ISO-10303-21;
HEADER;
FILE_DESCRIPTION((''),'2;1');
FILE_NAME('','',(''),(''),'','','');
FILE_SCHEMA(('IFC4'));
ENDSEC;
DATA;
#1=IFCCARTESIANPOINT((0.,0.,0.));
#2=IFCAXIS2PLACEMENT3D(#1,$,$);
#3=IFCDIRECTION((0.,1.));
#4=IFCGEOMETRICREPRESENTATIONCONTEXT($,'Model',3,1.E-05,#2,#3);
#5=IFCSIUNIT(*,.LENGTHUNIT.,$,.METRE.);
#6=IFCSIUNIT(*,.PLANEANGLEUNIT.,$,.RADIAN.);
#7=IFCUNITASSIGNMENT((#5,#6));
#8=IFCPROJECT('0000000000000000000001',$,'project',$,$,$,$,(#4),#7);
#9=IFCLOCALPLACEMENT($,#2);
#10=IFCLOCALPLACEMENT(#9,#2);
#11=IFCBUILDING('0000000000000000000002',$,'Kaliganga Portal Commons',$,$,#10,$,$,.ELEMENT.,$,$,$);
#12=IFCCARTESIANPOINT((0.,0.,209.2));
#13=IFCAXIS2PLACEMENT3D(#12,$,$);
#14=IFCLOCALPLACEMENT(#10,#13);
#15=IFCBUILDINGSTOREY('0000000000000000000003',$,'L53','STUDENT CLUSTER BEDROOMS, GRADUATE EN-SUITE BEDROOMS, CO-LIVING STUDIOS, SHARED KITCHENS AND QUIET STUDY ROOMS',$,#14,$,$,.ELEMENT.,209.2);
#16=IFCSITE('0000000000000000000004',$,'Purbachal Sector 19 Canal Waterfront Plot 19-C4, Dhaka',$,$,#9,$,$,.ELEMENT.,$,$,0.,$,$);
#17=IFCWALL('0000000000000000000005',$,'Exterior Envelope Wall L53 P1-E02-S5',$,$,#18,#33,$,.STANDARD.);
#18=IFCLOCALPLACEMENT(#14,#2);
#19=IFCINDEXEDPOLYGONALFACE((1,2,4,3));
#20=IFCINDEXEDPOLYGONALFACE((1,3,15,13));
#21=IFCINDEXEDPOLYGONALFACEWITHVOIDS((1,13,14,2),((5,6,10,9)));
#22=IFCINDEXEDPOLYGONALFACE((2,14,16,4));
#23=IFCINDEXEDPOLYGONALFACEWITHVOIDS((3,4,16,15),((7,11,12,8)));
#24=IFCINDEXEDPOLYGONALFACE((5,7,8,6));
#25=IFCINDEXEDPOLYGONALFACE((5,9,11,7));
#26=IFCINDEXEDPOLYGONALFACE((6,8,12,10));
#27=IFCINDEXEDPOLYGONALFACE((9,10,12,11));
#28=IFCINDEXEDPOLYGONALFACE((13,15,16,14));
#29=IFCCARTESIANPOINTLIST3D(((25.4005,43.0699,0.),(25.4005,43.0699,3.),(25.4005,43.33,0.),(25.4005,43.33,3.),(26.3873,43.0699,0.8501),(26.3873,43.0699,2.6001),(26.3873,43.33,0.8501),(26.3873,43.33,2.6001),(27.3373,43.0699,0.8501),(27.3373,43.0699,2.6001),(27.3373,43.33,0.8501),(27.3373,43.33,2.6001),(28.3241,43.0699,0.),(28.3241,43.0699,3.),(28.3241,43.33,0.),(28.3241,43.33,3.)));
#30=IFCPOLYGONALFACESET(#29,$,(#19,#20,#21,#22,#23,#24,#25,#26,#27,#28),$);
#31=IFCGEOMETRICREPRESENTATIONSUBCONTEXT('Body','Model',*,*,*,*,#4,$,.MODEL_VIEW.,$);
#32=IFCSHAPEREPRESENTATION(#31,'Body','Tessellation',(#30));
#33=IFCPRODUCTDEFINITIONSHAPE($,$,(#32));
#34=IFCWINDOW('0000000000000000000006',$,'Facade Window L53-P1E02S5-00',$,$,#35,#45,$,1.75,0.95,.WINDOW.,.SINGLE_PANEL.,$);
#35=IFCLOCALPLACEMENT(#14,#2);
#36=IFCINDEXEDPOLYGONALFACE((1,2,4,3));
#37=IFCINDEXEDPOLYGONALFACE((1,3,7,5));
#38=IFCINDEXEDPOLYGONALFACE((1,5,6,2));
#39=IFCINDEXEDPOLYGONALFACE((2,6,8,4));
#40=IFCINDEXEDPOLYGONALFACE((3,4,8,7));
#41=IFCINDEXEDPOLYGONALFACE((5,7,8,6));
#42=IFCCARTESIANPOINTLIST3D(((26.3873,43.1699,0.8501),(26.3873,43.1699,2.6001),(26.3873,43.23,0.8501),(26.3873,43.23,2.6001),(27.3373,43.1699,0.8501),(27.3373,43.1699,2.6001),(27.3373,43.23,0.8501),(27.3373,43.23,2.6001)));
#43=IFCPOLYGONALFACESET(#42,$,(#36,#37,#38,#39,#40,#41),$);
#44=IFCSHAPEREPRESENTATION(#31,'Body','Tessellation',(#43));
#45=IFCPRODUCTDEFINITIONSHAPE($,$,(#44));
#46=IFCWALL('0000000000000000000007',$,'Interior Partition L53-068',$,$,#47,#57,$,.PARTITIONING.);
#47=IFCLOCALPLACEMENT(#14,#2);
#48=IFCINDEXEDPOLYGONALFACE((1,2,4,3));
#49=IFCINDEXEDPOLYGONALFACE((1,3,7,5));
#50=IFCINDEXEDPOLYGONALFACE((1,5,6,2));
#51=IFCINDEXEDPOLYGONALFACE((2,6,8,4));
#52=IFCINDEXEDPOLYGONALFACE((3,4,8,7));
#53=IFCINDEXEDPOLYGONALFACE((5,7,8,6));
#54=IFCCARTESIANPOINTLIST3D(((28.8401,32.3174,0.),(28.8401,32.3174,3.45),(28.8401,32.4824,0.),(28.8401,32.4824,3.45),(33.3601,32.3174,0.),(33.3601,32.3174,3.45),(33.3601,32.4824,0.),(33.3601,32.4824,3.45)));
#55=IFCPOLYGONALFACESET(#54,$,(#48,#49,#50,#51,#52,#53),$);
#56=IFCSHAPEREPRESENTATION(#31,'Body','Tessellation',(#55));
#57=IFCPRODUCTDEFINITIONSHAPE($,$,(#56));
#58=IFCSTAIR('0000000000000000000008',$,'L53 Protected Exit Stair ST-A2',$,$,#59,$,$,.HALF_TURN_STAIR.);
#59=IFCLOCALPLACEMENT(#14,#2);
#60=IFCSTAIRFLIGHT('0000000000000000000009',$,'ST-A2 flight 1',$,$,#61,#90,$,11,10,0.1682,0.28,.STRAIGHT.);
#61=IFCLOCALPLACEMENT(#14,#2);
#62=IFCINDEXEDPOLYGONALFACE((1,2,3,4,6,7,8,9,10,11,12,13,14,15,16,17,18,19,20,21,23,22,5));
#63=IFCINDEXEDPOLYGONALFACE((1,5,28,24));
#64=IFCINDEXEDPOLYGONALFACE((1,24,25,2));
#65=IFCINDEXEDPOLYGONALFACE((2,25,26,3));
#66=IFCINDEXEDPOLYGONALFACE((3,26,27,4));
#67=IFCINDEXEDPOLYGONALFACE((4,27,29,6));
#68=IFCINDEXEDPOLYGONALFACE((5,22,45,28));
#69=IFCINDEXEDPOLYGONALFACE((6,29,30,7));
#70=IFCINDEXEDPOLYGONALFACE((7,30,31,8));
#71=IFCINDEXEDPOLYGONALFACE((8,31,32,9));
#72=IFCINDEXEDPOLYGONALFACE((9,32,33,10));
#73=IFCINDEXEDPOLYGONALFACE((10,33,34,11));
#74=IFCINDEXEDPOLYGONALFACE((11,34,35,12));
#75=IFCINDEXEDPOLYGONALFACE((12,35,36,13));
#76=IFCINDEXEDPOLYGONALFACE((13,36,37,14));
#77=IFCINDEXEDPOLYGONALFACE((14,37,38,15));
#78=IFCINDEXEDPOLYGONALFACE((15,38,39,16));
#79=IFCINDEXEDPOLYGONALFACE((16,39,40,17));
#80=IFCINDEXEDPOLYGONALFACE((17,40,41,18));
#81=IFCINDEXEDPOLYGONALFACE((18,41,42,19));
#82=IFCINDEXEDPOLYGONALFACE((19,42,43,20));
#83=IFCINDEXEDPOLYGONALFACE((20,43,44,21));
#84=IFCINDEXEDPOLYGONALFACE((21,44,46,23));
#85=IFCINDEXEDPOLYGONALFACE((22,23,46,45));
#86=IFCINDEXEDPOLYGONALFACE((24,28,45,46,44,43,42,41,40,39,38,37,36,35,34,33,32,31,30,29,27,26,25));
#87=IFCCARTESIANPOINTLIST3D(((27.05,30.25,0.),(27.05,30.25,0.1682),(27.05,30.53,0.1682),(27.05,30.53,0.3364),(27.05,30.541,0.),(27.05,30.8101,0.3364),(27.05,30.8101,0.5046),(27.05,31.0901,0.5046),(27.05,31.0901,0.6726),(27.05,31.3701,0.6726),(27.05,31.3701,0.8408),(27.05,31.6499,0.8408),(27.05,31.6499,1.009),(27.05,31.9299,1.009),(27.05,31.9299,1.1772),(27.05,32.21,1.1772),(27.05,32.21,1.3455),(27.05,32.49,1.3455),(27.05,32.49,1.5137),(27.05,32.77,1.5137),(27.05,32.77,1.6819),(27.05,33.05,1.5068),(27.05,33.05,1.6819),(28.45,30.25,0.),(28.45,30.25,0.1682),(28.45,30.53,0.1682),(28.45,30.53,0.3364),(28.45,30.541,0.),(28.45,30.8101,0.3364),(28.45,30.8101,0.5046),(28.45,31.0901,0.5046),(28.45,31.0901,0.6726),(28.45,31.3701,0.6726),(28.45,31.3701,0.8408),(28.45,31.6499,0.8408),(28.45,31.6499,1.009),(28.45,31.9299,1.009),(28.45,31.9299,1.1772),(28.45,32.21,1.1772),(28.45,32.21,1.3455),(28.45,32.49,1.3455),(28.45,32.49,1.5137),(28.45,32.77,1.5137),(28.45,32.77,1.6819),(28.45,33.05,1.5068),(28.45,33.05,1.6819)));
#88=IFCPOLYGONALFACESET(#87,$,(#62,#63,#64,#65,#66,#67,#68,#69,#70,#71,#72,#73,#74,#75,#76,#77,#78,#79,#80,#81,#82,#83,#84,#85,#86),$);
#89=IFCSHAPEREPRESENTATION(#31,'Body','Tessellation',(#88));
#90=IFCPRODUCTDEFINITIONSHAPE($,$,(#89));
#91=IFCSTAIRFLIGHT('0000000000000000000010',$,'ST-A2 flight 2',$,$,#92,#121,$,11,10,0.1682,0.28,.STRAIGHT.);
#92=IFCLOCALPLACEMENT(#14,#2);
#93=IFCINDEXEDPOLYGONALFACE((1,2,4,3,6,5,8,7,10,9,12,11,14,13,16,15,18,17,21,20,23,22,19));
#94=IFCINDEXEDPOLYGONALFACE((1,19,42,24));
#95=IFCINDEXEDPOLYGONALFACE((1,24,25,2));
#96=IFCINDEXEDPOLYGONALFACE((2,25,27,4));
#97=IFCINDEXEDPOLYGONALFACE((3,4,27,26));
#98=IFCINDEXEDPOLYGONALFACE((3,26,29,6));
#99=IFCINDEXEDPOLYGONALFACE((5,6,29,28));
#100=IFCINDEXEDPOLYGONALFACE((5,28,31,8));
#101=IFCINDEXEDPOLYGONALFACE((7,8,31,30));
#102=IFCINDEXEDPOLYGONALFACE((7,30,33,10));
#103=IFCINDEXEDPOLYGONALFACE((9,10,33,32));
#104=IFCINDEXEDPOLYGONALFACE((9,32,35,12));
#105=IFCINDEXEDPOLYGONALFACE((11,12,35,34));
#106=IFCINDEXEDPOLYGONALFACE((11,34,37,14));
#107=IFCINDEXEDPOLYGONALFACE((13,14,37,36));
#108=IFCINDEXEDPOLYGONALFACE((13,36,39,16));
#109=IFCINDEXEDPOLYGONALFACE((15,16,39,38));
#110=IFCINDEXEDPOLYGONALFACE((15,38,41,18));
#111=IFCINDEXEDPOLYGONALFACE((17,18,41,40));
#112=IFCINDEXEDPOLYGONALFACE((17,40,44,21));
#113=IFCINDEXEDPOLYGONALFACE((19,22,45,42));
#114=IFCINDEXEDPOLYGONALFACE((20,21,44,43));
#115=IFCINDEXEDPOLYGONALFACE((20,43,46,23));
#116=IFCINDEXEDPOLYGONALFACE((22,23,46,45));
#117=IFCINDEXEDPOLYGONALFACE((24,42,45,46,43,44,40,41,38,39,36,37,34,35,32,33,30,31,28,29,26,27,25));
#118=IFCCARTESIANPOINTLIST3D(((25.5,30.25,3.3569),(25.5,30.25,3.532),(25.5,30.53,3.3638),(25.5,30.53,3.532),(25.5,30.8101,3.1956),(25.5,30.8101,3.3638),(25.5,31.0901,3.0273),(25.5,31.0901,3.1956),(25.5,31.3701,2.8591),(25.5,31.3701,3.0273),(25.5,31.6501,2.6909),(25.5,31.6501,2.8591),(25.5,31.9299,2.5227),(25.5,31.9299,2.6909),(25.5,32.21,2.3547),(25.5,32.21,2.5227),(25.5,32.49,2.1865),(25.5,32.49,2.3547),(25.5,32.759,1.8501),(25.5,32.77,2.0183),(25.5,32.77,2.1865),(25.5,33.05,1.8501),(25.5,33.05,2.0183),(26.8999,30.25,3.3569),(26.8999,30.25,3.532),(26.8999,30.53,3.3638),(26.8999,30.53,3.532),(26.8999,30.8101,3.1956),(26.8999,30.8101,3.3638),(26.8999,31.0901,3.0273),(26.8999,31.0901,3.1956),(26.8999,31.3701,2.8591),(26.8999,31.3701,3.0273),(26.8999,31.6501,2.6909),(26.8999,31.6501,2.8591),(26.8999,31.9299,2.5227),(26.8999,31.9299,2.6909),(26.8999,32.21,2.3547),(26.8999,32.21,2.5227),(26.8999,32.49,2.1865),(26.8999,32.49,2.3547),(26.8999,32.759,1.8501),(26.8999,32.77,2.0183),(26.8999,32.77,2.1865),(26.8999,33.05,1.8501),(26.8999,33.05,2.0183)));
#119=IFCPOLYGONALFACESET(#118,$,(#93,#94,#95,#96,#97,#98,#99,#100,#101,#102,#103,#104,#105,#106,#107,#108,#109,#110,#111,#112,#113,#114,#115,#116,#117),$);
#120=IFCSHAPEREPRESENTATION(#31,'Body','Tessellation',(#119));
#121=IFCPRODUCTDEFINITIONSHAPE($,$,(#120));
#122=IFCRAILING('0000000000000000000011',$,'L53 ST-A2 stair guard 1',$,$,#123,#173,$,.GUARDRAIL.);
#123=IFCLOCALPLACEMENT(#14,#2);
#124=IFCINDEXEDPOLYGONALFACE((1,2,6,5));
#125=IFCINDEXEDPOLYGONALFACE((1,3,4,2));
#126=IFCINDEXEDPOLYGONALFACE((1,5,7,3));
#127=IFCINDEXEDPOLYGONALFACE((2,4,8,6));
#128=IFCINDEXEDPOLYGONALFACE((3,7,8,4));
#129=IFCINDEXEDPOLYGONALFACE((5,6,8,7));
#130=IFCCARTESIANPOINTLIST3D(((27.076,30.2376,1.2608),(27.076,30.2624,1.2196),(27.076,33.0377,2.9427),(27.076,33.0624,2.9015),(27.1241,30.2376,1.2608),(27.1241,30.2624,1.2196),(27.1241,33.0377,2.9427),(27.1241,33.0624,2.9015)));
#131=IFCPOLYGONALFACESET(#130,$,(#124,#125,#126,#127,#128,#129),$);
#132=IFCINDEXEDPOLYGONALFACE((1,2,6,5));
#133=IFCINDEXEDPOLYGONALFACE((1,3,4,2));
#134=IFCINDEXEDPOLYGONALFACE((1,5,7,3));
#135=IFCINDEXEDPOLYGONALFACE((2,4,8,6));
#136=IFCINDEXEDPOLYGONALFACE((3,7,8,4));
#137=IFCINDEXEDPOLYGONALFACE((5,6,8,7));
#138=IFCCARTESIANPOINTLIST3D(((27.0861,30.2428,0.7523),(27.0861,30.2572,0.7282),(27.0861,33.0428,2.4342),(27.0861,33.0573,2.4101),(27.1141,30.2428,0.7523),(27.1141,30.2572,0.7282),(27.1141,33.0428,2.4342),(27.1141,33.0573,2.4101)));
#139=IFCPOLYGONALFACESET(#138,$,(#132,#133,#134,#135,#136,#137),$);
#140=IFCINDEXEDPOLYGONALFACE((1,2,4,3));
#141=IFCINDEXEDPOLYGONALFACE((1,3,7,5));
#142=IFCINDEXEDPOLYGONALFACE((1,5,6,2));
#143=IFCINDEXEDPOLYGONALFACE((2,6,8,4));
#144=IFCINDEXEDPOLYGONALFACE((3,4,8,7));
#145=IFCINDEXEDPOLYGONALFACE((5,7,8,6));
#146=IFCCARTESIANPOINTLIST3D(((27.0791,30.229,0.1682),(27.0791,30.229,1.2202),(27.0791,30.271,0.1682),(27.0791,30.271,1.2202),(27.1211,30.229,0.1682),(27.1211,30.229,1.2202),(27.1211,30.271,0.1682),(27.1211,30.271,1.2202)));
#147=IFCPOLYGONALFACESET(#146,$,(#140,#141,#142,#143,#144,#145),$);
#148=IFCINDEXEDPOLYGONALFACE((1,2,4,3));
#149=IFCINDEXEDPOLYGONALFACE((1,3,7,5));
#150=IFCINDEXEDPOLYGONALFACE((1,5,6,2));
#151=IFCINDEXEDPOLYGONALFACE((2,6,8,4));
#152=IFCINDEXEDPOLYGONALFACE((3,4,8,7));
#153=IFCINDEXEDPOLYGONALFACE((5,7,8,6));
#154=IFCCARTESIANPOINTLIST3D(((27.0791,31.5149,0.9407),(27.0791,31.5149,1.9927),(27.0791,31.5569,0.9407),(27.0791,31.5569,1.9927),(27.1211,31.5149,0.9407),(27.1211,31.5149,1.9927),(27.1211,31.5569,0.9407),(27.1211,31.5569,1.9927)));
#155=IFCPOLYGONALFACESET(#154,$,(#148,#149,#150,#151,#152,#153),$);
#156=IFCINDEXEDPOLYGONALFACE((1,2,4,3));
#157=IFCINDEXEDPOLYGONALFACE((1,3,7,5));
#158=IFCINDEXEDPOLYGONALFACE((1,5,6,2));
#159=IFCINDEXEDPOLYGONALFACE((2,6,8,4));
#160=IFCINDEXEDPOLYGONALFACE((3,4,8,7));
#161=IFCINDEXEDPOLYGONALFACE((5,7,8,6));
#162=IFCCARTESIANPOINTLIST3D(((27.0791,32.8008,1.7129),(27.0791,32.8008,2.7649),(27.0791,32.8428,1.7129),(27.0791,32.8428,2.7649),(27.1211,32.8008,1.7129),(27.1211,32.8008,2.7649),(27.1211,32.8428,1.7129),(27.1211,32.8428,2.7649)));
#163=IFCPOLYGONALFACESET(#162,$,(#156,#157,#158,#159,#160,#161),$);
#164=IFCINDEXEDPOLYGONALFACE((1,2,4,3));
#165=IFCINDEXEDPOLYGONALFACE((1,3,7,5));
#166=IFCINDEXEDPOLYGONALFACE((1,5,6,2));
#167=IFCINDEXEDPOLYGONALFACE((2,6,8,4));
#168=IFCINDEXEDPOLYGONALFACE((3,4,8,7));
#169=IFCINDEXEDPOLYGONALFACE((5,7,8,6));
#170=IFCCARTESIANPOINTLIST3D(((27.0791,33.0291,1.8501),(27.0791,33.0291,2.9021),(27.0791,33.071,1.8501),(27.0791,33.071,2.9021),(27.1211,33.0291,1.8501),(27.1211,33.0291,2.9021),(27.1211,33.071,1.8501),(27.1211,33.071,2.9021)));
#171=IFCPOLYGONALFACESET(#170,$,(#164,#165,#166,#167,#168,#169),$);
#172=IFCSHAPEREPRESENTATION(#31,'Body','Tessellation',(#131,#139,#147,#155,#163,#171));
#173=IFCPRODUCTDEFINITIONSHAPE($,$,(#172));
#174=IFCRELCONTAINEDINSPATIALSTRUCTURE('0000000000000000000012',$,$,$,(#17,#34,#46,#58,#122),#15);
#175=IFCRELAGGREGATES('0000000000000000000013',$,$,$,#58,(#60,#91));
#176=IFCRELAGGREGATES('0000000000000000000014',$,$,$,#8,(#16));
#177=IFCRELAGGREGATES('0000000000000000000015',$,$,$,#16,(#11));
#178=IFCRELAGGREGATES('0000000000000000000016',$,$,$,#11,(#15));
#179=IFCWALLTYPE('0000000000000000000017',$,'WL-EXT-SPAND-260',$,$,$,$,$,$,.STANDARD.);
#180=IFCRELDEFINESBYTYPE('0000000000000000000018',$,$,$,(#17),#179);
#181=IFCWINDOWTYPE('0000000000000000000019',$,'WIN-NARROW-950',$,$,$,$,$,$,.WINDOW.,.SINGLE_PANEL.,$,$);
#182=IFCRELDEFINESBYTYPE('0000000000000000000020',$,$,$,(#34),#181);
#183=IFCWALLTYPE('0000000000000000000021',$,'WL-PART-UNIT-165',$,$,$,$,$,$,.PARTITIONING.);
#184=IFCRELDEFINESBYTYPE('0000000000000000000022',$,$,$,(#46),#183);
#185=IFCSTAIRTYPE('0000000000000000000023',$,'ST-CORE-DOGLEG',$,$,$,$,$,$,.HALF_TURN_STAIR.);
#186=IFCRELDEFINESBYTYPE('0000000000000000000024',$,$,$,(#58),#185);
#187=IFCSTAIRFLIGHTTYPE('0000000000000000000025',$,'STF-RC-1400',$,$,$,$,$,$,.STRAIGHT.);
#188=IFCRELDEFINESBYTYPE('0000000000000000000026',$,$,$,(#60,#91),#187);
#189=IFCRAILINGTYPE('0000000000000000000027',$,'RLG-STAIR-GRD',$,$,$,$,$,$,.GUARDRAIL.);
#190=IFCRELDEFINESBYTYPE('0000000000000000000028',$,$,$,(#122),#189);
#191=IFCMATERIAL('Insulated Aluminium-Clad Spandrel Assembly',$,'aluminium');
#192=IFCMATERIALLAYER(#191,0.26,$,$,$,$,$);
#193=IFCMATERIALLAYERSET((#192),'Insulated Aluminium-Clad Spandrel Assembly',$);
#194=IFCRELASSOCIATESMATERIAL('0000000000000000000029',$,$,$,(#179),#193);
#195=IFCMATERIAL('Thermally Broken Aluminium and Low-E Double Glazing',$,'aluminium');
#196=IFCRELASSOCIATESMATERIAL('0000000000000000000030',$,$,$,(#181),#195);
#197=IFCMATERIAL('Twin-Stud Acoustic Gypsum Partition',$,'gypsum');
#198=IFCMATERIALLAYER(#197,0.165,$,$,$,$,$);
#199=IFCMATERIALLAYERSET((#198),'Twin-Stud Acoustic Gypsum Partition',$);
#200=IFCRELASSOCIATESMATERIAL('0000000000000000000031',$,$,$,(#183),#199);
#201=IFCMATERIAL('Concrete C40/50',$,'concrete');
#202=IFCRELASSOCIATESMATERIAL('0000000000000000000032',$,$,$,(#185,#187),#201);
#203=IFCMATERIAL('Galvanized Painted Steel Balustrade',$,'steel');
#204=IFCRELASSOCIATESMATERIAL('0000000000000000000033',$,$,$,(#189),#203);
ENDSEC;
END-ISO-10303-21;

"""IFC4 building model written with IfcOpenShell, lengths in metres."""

from ifc_helpers import new_model, si_unit, direction, frame, frame_2d, origin, origin_2d, place, context, subcontext, project, spatial, polyline, rectangle, outline, extrude, material, layer, layer_set, type_object, element, fill, aggregate, save


model = new_model("IFC4")

# Units and contexts
model_context = context("Model", 3, precision=1e-05, world=origin(), true_north=direction((0.0, 1.0)))
body_context = subcontext(model_context, "Body", "Model", "MODEL_VIEW")
ifc_project = project(units=[si_unit("LENGTHUNIT", "METRE"), si_unit("PLANEANGLEUNIT", "RADIAN")], contexts=[model_context])

# Site, building, storey
site_placement = place(None, origin())
site = spatial("IfcSite", under=ifc_project, at=site_placement, Name="Purbachal Sector 19 Canal Waterfront Plot 19-C4, Dhaka", CompositionType="ELEMENT", RefElevation=0.0)
building_placement = place(site_placement, origin())
building = spatial("IfcBuilding", under=site, at=building_placement, Name="Kaliganga Portal Commons", CompositionType="ELEMENT")
storey_placement = place(building_placement, frame((0.0, 0.0, 209.2)))
storey = spatial("IfcBuildingStorey", under=building, at=storey_placement, Name="L53", Description="STUDENT CLUSTER BEDROOMS, GRADUATE EN-SUITE BEDROOMS, CO-LIVING STUDIOS, SHARED KITCHENS AND QUIET STUDY ROOMS", CompositionType="ELEMENT", Elevation=209.2)

# Wall, opening, window
ifc_material_1 = material(Name="Insulated Aluminium-Clad Spandrel Assembly", Category="aluminium")
ifc_layer_1 = layer(ifc_material_1, 0.26)
ifc_layer_set_1 = layer_set([ifc_layer_1], Name="Insulated Aluminium-Clad Spandrel Assembly")
wall_type_1 = type_object("IfcWallType", Name="WL-EXT-SPAND-260", PredefinedType="STANDARD", material=ifc_layer_set_1)
ifc_material_2 = material(Name="Thermally Broken Aluminium and Low-E Double Glazing", Category="aluminium")
window_type = type_object("IfcWindowType", Name="WIN-NARROW-950", PartitioningType="SINGLE_PANEL", PredefinedType="WINDOW", material=ifc_material_2)
wall_1_placement = place(storey_placement, frame((25.4004, 43.2, 0.0), z_axis=(0.0, 0.0, 1.0), x_axis=(1.0, 0.0, 0.0)))
wall_1 = element("IfcWall", 1, at=wall_1_placement, inside=storey, type_object=wall_type_1, Name="Exterior Envelope Wall L53 P1-E02-S5", PredefinedType="STANDARD", context=body_context, shape_type="SweptSolid", body=[
    extrude(rectangle(XDim=2.9236, YDim=0.26, at=frame_2d((1.4619, 0.0))), origin(), (0.0, 0.0, 1.0), 3.0),
])
opening_1_placement = place(wall_1_placement, frame((0.9868, 0.0, 0.8501)))
opening_1 = element("IfcOpeningElement", 2, at=opening_1_placement, cuts=wall_1, PredefinedType="OPENING", context=body_context, shape_type="SweptSolid", body=[
    extrude(rectangle(XDim=0.95, YDim=1.75, at=frame_2d((0.4751, 0.875))), frame((0.0, 0.1401, 0.0), z_axis=(0.0, -1.0, 0.0), x_axis=(1.0, 0.0, 0.0)), (0.0, 0.0, 1.0), 0.28),
])
window_1_placement = place(opening_1_placement, origin())
window_1 = element("IfcWindow", 3, at=window_1_placement, inside=storey, type_object=window_type, Name="Facade Window L53-P1E02S5-00", OverallHeight=1.75, OverallWidth=0.95, PartitioningType="SINGLE_PANEL", PredefinedType="WINDOW", context=body_context, shape_type="SweptSolid", body=[
    extrude(rectangle(XDim=0.95, YDim=1.75, at=frame_2d((0.4751, 0.875))), frame((0.0, 0.03, 0.0), z_axis=(0.0, -1.0, 0.0), x_axis=(1.0, 0.0, 0.0)), (0.0, 0.0, 1.0), 0.0601),
])
fill(opening_1, window_1)

# Wall
ifc_material_3 = material(Name="Twin-Stud Acoustic Gypsum Partition", Category="gypsum")
ifc_layer_2 = layer(ifc_material_3, 0.165)
ifc_layer_set_2 = layer_set([ifc_layer_2], Name="Twin-Stud Acoustic Gypsum Partition")
wall_type_2 = type_object("IfcWallType", Name="WL-PART-UNIT-165", PredefinedType="PARTITIONING", material=ifc_layer_set_2)
wall_2_placement = place(storey_placement, frame((28.8401, 32.3999, 0.0), z_axis=(0.0, 0.0, 1.0), x_axis=(1.0, 0.0, 0.0)))
element("IfcWall", 4, at=wall_2_placement, inside=storey, type_object=wall_type_2, Name="Interior Partition L53-068", PredefinedType="PARTITIONING", context=body_context, shape_type="SweptSolid", body=[
    extrude(rectangle(XDim=4.52, YDim=0.165, at=frame_2d((2.26, 0.0))), origin(), (0.0, 0.0, 1.0), 3.45),
])

# Stair, stair flights
ifc_material_4 = material(Name="Concrete C40/50", Category="concrete")
stair_type = type_object("IfcStairType", Name="ST-CORE-DOGLEG", PredefinedType="HALF_TURN_STAIR", material=ifc_material_4)
stair_placement = place(storey_placement, origin())
stair = element("IfcStair", 5, at=stair_placement, inside=storey, type_object=stair_type, Name="L53 Protected Exit Stair ST-A2", PredefinedType="HALF_TURN_STAIR")
stair_flight_type = type_object("IfcStairFlightType", Name="STF-RC-1400", PredefinedType="STRAIGHT", material=ifc_material_4)
stair_flight_1_placement = place(storey_placement, frame((27.75, 30.25, 0.0), z_axis=(0.0, 0.0, 1.0), x_axis=(0.0, 1.0, 0.0)))
stair_flight_1 = element("IfcStairFlight", 6, at=stair_flight_1_placement, type_object=stair_flight_type, Name="ST-A2 flight 1", NumberOfRisers=11, NumberOfTreads=10, PredefinedType="STRAIGHT", RiserHeight=0.1682, TreadLength=0.28, context=body_context, shape_type="SweptSolid", body=[
    extrude(outline(polyline([(0.0, 0.0), (0.0, 0.1682), (0.28, 0.1682), (0.28, 0.3364), (0.5601, 0.3364), (0.5601, 0.5046), (0.8401, 0.5046), (0.8401, 0.6726), (1.1201, 0.6726), (1.1201, 0.8408), (1.3999, 0.8408), (1.3999, 1.009), (1.6799, 1.009), (1.6799, 1.1772), (1.96, 1.1772), (1.96, 1.3455), (2.24, 1.3455), (2.24, 1.5137), (2.52, 1.5137), (2.52, 1.6819), (2.8, 1.6819), (2.8, 1.8501), (2.8, 1.5068), (0.291, 0.0), (0.0, 0.0)])), frame((0.0, 0.7, 0.0), z_axis=(0.0, -1.0, 0.0), x_axis=(1.0, 0.0, 0.0)), (0.0, 0.0, 1.0), 1.3999),
])
stair_flight_2_placement = place(storey_placement, frame((26.2, 33.05, 1.8501), z_axis=(0.0, 0.0, 1.0), x_axis=(0.0, -1.0, 0.0)))
stair_flight_2 = element("IfcStairFlight", 7, at=stair_flight_2_placement, type_object=stair_flight_type, Name="ST-A2 flight 2", NumberOfRisers=11, NumberOfTreads=10, PredefinedType="STRAIGHT", RiserHeight=0.1682, TreadLength=0.28, context=body_context, shape_type="SweptSolid", body=[
    extrude(outline(polyline([(0.0, 0.0), (0.0, 0.1682), (0.28, 0.1682), (0.28, 0.3364), (0.5601, 0.3364), (0.5601, 0.5046), (0.8401, 0.5046), (0.8401, 0.6726), (1.1201, 0.6726), (1.1201, 0.8408), (1.3999, 0.8408), (1.3999, 1.009), (1.6799, 1.009), (1.6799, 1.1772), (1.96, 1.1772), (1.96, 1.3455), (2.24, 1.3455), (2.24, 1.5137), (2.52, 1.5137), (2.52, 1.6819), (2.8, 1.6819), (2.8, 1.8501), (2.8, 1.5068), (0.291, 0.0), (0.0, 0.0)])), frame((0.0, 0.7, 0.0), z_axis=(0.0, -1.0, 0.0), x_axis=(1.0, 0.0, 0.0)), (0.0, 0.0, 1.0), 1.3999),
])
aggregate(stair, [stair_flight_1, stair_flight_2])

# Railing
ifc_material_5 = material(Name="Galvanized Painted Steel Balustrade", Category="steel")
railing_type_1 = type_object("IfcRailingType", Name="RLG-STAIR-GRD", PredefinedType="GUARDRAIL", material=ifc_material_5)
railing_1_placement = place(storey_placement, frame((27.1001, 30.25, 0.1682)))
element("IfcRailing", 8, at=railing_1_placement, inside=storey, type_object=railing_type_1, Name="L53 ST-A2 stair guard 1", PredefinedType="GUARDRAIL", context=body_context, shape_type="SweptSolid", body=[
    extrude(rectangle(XDim=0.0481, YDim=0.0481, at=origin_2d()), frame((0.0, 0.0, 1.072), z_axis=(0.0, 0.857242, 0.514913), x_axis=(-1.0, 0.0, 0.0)), (0.0, 0.0, 1.0), 3.2664),
    extrude(rectangle(XDim=0.0281, YDim=0.0281, at=origin_2d()), frame((0.0, 0.0, 0.572), z_axis=(0.0, 0.857242, 0.514913), x_axis=(-1.0, 0.0, 0.0)), (0.0, 0.0, 1.0), 3.2664),
    extrude(rectangle(XDim=0.042, YDim=0.042, at=origin_2d()), origin(), (0.0, 0.0, 1.0), 1.052),
    extrude(rectangle(XDim=0.042, YDim=0.042, at=origin_2d()), frame((0.0, 1.2859, 0.7725)), (0.0, 0.0, 1.0), 1.052),
    extrude(rectangle(XDim=0.042, YDim=0.042, at=origin_2d()), frame((0.0, 2.5718, 1.5447)), (0.0, 0.0, 1.0), 1.052),
    extrude(rectangle(XDim=0.042, YDim=0.042, at=origin_2d()), frame((0.0, 2.8, 1.6819)), (0.0, 0.0, 1.0), 1.052),
])

save(model, "model.ifc")
